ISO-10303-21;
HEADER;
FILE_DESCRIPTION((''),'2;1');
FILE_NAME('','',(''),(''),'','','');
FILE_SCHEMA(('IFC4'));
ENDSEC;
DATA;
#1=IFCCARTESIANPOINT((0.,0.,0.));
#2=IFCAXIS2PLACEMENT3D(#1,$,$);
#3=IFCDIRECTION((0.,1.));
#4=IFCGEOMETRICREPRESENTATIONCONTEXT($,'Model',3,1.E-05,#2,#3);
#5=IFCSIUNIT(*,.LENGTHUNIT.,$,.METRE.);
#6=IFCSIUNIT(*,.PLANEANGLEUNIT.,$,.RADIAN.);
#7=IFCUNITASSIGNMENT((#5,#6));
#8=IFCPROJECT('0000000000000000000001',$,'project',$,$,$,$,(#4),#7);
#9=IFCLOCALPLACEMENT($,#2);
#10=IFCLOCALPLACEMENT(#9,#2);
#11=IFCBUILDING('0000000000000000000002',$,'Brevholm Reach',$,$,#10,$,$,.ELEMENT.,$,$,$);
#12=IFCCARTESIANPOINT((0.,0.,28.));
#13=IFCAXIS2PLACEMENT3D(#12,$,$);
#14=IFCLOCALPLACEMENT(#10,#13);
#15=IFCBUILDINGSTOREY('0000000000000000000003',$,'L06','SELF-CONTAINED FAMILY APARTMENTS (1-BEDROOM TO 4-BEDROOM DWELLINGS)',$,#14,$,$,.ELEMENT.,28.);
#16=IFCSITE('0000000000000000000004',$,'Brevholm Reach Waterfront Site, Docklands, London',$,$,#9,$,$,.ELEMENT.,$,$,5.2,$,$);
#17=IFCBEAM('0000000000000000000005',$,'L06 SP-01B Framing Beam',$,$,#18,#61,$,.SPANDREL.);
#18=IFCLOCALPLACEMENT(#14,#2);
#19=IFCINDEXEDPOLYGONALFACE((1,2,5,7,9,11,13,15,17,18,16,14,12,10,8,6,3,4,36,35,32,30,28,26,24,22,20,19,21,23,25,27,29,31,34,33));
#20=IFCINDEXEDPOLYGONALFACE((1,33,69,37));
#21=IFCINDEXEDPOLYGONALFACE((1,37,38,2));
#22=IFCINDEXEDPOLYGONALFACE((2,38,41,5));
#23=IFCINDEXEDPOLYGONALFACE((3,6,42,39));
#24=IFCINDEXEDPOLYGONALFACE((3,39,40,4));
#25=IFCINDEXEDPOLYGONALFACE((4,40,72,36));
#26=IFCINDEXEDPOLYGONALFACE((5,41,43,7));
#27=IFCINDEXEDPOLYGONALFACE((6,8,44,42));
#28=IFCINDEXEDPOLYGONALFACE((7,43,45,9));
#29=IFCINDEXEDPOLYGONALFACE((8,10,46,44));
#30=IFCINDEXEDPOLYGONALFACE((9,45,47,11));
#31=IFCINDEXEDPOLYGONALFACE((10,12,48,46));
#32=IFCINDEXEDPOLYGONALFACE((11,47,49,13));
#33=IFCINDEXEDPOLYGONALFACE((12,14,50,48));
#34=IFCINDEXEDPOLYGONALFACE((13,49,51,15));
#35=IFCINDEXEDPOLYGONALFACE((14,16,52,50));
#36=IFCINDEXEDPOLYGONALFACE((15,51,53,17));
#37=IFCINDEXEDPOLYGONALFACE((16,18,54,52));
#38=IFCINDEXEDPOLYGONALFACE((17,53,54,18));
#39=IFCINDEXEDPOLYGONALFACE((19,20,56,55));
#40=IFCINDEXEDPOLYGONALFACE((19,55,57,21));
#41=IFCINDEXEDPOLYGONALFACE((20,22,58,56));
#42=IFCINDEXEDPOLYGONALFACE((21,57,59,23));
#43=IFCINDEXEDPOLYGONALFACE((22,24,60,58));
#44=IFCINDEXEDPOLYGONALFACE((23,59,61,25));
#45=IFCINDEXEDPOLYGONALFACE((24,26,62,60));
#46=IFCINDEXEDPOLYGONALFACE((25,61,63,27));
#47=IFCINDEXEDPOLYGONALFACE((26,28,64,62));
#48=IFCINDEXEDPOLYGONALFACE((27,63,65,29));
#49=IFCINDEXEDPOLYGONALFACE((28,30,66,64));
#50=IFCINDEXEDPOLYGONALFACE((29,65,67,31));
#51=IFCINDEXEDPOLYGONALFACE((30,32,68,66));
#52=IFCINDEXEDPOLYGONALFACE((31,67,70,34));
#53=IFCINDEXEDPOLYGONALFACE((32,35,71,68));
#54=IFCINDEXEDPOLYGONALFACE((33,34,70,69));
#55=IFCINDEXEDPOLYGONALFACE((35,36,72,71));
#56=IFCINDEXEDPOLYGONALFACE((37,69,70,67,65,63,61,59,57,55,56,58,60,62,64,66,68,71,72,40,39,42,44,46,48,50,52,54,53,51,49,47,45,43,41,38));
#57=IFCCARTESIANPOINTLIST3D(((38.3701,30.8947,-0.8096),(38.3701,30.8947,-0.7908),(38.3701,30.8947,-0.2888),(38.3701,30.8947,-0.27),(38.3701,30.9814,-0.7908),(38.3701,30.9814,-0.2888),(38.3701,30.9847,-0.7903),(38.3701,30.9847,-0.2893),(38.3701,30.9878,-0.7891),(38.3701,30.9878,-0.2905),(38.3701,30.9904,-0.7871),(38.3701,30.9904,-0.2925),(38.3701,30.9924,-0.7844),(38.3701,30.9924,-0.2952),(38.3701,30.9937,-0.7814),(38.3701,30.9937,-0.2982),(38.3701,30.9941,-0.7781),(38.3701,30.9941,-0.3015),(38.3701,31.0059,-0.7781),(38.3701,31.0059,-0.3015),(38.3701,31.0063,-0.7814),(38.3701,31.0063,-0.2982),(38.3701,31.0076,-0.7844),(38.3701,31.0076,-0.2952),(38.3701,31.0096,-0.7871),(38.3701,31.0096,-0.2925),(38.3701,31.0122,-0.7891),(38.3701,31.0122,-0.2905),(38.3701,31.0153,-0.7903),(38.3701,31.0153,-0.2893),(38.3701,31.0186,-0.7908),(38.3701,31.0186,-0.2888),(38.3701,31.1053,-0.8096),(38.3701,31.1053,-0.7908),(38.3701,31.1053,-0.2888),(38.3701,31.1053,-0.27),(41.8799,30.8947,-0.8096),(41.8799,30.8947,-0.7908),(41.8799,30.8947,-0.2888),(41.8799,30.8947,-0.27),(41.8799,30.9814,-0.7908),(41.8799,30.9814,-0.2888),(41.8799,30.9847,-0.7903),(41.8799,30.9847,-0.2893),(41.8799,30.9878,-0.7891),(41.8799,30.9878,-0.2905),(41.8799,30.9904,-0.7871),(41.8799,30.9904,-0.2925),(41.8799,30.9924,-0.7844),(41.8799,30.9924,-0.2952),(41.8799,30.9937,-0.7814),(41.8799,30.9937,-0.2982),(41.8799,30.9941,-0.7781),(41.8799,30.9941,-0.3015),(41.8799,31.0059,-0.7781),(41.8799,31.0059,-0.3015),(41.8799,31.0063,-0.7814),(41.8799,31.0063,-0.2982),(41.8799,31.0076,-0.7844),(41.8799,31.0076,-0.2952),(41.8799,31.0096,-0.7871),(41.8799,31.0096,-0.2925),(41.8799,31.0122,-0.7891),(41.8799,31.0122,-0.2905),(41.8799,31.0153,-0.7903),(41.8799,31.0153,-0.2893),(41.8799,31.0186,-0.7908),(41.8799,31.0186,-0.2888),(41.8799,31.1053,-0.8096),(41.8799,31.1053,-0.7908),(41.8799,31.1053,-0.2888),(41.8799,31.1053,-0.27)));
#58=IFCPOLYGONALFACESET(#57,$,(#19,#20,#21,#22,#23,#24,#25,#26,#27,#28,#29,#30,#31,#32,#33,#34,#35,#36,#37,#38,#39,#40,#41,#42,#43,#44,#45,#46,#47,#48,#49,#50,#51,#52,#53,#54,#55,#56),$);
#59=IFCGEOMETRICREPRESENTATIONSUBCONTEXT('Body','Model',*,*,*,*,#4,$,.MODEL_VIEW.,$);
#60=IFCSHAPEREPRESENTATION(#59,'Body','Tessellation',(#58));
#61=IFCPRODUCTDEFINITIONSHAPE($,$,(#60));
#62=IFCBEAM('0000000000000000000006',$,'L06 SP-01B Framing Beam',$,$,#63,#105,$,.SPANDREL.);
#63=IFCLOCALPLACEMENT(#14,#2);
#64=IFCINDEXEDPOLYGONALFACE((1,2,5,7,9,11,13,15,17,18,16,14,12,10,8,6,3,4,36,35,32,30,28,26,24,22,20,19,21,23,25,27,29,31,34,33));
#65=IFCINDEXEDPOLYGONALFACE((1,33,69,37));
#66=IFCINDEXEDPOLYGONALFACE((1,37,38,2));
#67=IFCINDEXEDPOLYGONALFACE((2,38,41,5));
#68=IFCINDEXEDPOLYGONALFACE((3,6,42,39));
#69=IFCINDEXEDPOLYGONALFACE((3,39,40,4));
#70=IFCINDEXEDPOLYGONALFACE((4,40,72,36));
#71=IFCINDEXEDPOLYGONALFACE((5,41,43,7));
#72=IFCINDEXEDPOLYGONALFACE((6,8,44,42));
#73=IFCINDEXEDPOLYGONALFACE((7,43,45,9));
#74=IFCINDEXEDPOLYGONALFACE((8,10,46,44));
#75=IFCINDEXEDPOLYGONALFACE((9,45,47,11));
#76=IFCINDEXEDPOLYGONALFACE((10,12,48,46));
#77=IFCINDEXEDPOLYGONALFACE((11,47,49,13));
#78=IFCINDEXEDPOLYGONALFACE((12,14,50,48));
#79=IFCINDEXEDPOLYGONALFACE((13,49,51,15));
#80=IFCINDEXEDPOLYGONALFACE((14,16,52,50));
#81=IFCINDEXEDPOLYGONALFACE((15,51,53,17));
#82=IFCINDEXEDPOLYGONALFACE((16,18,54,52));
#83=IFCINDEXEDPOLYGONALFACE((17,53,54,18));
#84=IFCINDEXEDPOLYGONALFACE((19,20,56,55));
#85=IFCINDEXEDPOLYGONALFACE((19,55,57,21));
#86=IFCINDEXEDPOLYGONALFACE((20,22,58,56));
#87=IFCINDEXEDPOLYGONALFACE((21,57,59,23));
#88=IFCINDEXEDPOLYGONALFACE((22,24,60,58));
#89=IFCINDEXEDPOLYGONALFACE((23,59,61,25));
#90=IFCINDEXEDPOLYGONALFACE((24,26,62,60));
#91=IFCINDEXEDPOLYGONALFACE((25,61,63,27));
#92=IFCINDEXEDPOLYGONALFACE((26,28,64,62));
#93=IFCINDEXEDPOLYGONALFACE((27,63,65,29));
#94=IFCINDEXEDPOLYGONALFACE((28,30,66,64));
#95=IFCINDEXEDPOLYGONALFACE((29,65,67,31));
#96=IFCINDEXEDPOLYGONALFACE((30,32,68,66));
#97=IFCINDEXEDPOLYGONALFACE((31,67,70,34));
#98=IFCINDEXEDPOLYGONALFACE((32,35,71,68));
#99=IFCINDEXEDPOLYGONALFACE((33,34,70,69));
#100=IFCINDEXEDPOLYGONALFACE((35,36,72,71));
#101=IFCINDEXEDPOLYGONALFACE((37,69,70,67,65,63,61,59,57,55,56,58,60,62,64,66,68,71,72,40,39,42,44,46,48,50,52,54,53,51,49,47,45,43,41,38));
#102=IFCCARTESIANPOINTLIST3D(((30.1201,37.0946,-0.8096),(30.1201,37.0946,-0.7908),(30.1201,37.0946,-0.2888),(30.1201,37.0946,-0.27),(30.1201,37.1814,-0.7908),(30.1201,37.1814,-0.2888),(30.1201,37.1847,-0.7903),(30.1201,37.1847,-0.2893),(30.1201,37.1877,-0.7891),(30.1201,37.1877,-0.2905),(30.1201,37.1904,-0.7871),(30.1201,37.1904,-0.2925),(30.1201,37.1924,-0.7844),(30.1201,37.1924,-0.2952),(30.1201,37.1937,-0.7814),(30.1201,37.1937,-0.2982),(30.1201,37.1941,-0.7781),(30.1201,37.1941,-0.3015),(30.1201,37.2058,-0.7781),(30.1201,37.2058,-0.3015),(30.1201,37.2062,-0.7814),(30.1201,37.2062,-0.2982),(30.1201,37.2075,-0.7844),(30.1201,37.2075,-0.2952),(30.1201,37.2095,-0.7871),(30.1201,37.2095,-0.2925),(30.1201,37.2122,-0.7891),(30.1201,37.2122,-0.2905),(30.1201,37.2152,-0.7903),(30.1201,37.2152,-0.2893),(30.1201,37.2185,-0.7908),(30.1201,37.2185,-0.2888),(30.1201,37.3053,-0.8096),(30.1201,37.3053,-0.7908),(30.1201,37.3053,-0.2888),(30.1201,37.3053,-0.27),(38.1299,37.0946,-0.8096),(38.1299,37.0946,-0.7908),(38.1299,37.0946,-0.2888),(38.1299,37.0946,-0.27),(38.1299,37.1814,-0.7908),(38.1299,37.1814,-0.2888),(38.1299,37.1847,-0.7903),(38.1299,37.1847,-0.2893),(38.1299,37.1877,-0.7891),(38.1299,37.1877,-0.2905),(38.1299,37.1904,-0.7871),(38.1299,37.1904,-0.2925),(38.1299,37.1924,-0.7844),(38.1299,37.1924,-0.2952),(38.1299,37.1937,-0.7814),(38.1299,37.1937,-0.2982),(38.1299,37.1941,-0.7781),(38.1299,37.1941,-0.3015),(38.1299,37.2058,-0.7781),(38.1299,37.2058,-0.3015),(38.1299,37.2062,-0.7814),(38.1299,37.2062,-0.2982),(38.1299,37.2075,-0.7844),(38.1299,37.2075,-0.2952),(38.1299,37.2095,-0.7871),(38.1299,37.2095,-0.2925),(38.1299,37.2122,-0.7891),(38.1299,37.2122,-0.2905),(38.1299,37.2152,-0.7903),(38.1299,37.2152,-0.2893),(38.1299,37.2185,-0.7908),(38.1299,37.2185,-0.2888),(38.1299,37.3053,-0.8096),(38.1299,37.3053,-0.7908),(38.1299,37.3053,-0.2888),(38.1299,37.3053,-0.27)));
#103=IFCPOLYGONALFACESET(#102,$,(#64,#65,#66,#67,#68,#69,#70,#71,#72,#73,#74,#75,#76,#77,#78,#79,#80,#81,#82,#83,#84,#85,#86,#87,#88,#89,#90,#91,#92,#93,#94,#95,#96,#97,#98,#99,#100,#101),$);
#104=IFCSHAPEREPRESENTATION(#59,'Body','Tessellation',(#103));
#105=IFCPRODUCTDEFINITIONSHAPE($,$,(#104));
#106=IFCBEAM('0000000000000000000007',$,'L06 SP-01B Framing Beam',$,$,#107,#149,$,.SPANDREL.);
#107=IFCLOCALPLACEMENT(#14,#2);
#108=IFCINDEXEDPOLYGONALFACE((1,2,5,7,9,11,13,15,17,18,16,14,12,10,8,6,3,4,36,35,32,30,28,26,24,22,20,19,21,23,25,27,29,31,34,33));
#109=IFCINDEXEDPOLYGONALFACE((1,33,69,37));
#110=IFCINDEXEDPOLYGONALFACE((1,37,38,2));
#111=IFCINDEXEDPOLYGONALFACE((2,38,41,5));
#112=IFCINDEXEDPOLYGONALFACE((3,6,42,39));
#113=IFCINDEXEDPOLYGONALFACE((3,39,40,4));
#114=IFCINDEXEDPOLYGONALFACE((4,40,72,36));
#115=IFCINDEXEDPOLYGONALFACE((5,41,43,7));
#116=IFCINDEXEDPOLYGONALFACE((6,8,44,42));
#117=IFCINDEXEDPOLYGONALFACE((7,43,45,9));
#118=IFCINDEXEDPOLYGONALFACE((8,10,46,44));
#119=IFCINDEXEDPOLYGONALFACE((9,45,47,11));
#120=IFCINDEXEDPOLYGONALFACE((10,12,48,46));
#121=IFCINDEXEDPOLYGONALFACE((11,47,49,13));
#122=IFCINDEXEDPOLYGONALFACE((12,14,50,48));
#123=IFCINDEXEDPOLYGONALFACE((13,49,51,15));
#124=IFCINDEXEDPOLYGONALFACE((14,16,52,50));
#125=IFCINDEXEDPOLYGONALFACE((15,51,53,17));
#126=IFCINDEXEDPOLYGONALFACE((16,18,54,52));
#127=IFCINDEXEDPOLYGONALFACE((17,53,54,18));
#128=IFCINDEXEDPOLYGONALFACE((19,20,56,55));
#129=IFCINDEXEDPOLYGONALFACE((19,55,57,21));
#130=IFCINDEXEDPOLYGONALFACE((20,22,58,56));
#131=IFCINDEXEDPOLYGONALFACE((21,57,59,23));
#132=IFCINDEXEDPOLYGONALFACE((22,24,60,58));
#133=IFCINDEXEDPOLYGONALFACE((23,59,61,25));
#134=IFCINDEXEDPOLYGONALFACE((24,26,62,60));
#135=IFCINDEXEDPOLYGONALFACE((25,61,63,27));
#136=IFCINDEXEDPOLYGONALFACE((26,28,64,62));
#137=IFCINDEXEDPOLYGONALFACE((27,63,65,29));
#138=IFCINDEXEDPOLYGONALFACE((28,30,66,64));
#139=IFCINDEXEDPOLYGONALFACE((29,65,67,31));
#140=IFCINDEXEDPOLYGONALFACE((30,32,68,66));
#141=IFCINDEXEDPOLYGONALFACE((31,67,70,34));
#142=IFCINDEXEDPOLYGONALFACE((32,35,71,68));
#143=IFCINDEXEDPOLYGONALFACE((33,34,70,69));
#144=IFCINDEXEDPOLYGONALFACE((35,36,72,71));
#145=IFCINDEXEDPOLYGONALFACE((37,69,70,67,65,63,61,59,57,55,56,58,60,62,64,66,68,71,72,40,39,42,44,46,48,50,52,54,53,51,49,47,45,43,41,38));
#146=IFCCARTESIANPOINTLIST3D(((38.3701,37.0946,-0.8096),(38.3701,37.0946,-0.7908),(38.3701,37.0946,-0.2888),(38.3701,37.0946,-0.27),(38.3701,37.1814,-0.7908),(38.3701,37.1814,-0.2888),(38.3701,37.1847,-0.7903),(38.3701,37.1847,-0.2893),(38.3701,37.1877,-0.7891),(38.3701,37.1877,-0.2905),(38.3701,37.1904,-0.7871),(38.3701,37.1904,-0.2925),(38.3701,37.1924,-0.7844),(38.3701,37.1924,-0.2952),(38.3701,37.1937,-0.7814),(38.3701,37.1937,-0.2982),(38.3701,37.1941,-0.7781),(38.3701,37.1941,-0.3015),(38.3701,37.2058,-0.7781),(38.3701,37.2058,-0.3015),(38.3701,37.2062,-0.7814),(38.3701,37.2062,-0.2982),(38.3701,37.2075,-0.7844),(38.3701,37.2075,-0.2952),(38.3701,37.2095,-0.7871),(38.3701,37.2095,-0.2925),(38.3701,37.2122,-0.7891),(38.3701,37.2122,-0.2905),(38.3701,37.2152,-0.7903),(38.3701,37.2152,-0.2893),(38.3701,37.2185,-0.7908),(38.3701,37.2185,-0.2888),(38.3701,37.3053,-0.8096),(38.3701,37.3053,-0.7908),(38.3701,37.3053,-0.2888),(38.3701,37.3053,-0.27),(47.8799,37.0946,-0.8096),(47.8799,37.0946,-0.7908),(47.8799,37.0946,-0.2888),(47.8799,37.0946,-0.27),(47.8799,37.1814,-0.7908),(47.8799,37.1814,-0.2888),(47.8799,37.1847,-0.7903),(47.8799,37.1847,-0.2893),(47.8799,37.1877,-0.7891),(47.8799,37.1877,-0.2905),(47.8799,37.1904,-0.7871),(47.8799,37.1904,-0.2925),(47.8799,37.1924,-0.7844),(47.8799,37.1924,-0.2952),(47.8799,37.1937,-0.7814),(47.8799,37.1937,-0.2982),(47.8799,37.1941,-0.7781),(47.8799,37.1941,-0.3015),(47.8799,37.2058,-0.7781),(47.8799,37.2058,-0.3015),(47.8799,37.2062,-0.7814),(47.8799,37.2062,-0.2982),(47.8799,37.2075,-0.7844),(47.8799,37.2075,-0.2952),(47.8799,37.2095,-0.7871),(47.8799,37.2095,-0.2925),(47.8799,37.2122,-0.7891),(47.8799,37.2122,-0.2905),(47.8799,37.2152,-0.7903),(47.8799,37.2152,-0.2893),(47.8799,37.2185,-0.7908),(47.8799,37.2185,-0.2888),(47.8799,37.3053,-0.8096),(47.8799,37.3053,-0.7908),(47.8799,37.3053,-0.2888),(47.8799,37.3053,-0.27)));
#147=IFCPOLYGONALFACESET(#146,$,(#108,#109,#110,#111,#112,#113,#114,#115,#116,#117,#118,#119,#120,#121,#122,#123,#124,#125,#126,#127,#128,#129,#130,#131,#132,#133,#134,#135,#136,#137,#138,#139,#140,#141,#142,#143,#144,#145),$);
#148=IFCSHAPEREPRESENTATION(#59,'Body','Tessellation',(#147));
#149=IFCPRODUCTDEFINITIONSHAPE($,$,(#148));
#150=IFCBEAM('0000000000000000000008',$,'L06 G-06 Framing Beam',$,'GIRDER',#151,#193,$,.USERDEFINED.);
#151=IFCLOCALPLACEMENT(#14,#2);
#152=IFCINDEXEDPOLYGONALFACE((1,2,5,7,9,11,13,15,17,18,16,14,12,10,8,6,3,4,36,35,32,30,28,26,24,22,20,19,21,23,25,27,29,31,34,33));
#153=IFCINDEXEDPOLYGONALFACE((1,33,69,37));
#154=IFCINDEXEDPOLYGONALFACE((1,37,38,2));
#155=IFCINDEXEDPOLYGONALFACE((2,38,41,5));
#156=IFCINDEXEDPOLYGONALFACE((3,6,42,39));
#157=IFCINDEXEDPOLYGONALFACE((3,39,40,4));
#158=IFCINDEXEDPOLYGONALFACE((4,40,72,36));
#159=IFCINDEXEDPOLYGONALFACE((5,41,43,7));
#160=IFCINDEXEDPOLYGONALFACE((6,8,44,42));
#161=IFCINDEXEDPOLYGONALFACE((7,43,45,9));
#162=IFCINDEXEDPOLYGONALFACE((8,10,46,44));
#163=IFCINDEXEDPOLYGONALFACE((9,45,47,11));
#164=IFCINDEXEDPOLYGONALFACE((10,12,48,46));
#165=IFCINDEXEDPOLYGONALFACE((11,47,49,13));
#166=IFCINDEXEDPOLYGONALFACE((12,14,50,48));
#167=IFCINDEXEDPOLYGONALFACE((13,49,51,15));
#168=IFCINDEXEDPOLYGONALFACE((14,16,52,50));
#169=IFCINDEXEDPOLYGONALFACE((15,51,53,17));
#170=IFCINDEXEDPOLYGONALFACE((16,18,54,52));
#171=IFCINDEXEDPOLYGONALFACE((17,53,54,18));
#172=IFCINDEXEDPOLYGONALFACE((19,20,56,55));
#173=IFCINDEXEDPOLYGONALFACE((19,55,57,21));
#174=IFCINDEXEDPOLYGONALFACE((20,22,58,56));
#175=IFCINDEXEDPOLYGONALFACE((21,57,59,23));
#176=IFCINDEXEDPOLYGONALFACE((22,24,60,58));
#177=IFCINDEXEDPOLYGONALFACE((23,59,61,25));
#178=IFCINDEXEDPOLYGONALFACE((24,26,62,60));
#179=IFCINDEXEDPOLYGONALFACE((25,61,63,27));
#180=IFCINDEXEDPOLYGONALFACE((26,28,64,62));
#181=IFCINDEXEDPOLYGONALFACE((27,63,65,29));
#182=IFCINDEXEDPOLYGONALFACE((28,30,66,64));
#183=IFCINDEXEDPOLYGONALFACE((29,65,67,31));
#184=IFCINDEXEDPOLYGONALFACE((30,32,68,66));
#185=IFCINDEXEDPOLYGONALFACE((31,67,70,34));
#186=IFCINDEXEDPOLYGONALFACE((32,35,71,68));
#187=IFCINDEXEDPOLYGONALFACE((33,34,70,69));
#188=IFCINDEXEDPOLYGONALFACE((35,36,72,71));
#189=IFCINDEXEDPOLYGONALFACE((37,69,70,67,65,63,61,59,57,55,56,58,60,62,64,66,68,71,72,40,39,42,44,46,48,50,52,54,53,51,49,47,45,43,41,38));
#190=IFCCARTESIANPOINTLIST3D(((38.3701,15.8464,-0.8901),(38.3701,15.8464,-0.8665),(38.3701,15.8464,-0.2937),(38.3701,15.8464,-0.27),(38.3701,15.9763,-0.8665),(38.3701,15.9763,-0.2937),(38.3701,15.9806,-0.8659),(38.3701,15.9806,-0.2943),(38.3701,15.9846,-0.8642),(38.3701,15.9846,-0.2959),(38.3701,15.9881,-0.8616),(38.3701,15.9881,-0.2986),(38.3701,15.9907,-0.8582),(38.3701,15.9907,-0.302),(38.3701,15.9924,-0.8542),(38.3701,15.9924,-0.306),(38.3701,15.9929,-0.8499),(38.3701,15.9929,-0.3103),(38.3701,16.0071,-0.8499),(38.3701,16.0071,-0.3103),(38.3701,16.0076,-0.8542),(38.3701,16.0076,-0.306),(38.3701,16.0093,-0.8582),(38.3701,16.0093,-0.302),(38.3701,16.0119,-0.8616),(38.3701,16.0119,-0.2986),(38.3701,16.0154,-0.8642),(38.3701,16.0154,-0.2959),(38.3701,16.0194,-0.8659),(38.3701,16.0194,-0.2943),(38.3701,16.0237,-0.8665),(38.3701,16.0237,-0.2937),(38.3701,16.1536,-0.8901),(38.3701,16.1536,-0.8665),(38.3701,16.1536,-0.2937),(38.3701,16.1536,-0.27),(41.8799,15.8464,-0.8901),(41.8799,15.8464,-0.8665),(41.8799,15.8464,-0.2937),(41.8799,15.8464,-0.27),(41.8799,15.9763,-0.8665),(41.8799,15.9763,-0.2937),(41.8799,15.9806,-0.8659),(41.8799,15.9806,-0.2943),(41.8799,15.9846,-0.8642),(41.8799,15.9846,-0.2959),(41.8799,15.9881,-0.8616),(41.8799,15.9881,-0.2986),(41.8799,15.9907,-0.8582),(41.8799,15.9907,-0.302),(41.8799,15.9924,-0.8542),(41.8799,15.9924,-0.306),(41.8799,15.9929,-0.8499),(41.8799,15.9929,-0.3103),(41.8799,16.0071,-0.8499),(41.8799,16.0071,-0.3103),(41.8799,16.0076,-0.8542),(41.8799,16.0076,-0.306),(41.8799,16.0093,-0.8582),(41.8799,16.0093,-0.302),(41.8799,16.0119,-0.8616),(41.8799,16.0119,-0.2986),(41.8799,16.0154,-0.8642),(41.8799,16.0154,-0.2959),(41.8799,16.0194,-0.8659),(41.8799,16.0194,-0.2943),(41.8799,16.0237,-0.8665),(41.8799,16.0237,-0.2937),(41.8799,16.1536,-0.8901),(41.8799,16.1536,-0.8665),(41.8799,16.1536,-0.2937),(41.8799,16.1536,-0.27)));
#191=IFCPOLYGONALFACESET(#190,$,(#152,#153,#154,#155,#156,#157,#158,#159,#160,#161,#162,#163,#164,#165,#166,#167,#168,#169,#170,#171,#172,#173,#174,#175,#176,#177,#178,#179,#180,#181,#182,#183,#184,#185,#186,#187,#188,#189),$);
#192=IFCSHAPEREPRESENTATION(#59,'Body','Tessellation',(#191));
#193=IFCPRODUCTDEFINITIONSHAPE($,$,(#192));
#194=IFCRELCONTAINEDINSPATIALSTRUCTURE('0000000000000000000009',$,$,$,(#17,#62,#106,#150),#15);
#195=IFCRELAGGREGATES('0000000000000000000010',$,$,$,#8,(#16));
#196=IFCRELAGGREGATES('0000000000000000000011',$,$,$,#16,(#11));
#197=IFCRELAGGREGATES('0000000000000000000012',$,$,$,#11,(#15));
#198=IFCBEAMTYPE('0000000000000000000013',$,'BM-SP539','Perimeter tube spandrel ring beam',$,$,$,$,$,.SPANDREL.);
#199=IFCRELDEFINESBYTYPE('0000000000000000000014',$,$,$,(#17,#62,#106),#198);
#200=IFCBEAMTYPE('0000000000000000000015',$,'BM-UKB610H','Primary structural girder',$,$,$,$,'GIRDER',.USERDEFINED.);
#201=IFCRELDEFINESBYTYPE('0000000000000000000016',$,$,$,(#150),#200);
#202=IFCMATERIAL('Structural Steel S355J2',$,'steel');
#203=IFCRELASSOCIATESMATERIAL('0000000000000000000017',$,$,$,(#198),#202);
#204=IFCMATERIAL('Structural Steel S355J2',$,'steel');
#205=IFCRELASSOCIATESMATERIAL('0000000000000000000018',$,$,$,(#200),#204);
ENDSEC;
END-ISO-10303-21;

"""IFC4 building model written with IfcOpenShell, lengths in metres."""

from ifc_helpers import new_model, si_unit, direction, frame, origin, origin_2d, place, context, subcontext, project, spatial, i_section, extrude, material, material_profile, profile_set, type_object, element, save


model = new_model("IFC4")

# Units and contexts
model_context = context("Model", 3, precision=1e-05, world=origin(), true_north=direction((0.0, 1.0)))
body_context = subcontext(model_context, "Body", "Model", "MODEL_VIEW")
ifc_project = project(units=[si_unit("LENGTHUNIT", "METRE"), si_unit("PLANEANGLEUNIT", "RADIAN")], contexts=[model_context])

# Site, building, storey
site_placement = place(None, origin())
site = spatial("IfcSite", under=ifc_project, at=site_placement, Name="Brevholm Reach Waterfront Site, Docklands, London", CompositionType="ELEMENT", RefElevation=5.2)
building_placement = place(site_placement, origin())
building = spatial("IfcBuilding", under=site, at=building_placement, Name="Brevholm Reach", CompositionType="ELEMENT")
storey_placement = place(building_placement, frame((0.0, 0.0, 28.0)))
storey = spatial("IfcBuildingStorey", under=building, at=storey_placement, Name="L06", Description="SELF-CONTAINED FAMILY APARTMENTS (1-BEDROOM TO 4-BEDROOM DWELLINGS)", CompositionType="ELEMENT", Elevation=28.0)

# Beams
ifc_material_1 = material(Name="Structural Steel S355J2", Category="steel")
ifc_material_profile_1 = material_profile(ifc_material_1, i_section(OverallWidth=0.2107, OverallDepth=0.5396, WebThickness=0.0117, FlangeThickness=0.0188, FilletRadius=0.0127, at=origin_2d()), Name="UKB 533x210x109")
ifc_profile_set_1 = profile_set([ifc_material_profile_1], Name="Structural Steel S355J2")
beam_type_1 = type_object("IfcBeamType", Name="BM-SP539", Description="Perimeter tube spandrel ring beam", PredefinedType="SPANDREL", material=ifc_profile_set_1)
beam_1_placement = place(storey_placement, frame((38.3701, 31.0, -0.5398), z_axis=(1.0, 0.0, 0.0), x_axis=(0.0, 1.0, 0.0)))
element("IfcBeam", 1, at=beam_1_placement, inside=storey, type_object=beam_type_1, Name="L06 SP-01B Framing Beam", PredefinedType="SPANDREL", context=body_context, shape_type="SweptSolid", body=[
    extrude(i_section(OverallWidth=0.2107, OverallDepth=0.5396, WebThickness=0.0117, FlangeThickness=0.0188, FilletRadius=0.0127, at=origin_2d()), origin(), (0.0, 0.0, 1.0), 3.5098),
])
beam_2_placement = place(storey_placement, frame((30.1201, 37.2, -0.5398), z_axis=(1.0, 0.0, 0.0), x_axis=(0.0, 1.0, 0.0)))
element("IfcBeam", 2, at=beam_2_placement, inside=storey, type_object=beam_type_1, Name="L06 SP-01B Framing Beam", PredefinedType="SPANDREL", context=body_context, shape_type="SweptSolid", body=[
    extrude(i_section(OverallWidth=0.2107, OverallDepth=0.5396, WebThickness=0.0117, FlangeThickness=0.0188, FilletRadius=0.0127, at=origin_2d()), origin(), (0.0, 0.0, 1.0), 8.0098),
])
beam_3_placement = place(storey_placement, frame((38.3701, 37.2, -0.5398), z_axis=(1.0, 0.0, 0.0), x_axis=(0.0, 1.0, 0.0)))
element("IfcBeam", 3, at=beam_3_placement, inside=storey, type_object=beam_type_1, Name="L06 SP-01B Framing Beam", PredefinedType="SPANDREL", context=body_context, shape_type="SweptSolid", body=[
    extrude(i_section(OverallWidth=0.2107, OverallDepth=0.5396, WebThickness=0.0117, FlangeThickness=0.0188, FilletRadius=0.0127, at=origin_2d()), origin(), (0.0, 0.0, 1.0), 9.5098),
])
ifc_material_2 = material(Name="Structural Steel S355J2", Category="steel")
ifc_material_profile_2 = material_profile(ifc_material_2, i_section(OverallWidth=0.3071, OverallDepth=0.6201, WebThickness=0.0142, FlangeThickness=0.0237, FilletRadius=0.0166, at=origin_2d()), Name="UKB 610x305x179")
ifc_profile_set_2 = profile_set([ifc_material_profile_2], Name="Structural Steel S355J2")
beam_type_2 = type_object("IfcBeamType", Name="BM-UKB610H", Description="Primary structural girder", ElementType="GIRDER", PredefinedType="USERDEFINED", material=ifc_profile_set_2)
for number, where, z_axis, x_axis, name in (
    (4, (38.3701, 16.0, -0.5801), (1.0, 0.0, 0.0), (0.0, 1.0, 0.0), "L06 G-06 Framing Beam"),
):
    element("IfcBeam", number, at=place(storey_placement, frame(where, z_axis=z_axis, x_axis=x_axis)), inside=storey, type_object=beam_type_2, Name=name, ObjectType="GIRDER", PredefinedType="USERDEFINED", context=body_context, shape_type="SweptSolid", body=[
        extrude(i_section(OverallWidth=0.3071, OverallDepth=0.6201, WebThickness=0.0142, FlangeThickness=0.0237, FilletRadius=0.0166, at=origin_2d()), origin(), (0.0, 0.0, 1.0), 3.5098),
    ])

save(model, "model.ifc")
